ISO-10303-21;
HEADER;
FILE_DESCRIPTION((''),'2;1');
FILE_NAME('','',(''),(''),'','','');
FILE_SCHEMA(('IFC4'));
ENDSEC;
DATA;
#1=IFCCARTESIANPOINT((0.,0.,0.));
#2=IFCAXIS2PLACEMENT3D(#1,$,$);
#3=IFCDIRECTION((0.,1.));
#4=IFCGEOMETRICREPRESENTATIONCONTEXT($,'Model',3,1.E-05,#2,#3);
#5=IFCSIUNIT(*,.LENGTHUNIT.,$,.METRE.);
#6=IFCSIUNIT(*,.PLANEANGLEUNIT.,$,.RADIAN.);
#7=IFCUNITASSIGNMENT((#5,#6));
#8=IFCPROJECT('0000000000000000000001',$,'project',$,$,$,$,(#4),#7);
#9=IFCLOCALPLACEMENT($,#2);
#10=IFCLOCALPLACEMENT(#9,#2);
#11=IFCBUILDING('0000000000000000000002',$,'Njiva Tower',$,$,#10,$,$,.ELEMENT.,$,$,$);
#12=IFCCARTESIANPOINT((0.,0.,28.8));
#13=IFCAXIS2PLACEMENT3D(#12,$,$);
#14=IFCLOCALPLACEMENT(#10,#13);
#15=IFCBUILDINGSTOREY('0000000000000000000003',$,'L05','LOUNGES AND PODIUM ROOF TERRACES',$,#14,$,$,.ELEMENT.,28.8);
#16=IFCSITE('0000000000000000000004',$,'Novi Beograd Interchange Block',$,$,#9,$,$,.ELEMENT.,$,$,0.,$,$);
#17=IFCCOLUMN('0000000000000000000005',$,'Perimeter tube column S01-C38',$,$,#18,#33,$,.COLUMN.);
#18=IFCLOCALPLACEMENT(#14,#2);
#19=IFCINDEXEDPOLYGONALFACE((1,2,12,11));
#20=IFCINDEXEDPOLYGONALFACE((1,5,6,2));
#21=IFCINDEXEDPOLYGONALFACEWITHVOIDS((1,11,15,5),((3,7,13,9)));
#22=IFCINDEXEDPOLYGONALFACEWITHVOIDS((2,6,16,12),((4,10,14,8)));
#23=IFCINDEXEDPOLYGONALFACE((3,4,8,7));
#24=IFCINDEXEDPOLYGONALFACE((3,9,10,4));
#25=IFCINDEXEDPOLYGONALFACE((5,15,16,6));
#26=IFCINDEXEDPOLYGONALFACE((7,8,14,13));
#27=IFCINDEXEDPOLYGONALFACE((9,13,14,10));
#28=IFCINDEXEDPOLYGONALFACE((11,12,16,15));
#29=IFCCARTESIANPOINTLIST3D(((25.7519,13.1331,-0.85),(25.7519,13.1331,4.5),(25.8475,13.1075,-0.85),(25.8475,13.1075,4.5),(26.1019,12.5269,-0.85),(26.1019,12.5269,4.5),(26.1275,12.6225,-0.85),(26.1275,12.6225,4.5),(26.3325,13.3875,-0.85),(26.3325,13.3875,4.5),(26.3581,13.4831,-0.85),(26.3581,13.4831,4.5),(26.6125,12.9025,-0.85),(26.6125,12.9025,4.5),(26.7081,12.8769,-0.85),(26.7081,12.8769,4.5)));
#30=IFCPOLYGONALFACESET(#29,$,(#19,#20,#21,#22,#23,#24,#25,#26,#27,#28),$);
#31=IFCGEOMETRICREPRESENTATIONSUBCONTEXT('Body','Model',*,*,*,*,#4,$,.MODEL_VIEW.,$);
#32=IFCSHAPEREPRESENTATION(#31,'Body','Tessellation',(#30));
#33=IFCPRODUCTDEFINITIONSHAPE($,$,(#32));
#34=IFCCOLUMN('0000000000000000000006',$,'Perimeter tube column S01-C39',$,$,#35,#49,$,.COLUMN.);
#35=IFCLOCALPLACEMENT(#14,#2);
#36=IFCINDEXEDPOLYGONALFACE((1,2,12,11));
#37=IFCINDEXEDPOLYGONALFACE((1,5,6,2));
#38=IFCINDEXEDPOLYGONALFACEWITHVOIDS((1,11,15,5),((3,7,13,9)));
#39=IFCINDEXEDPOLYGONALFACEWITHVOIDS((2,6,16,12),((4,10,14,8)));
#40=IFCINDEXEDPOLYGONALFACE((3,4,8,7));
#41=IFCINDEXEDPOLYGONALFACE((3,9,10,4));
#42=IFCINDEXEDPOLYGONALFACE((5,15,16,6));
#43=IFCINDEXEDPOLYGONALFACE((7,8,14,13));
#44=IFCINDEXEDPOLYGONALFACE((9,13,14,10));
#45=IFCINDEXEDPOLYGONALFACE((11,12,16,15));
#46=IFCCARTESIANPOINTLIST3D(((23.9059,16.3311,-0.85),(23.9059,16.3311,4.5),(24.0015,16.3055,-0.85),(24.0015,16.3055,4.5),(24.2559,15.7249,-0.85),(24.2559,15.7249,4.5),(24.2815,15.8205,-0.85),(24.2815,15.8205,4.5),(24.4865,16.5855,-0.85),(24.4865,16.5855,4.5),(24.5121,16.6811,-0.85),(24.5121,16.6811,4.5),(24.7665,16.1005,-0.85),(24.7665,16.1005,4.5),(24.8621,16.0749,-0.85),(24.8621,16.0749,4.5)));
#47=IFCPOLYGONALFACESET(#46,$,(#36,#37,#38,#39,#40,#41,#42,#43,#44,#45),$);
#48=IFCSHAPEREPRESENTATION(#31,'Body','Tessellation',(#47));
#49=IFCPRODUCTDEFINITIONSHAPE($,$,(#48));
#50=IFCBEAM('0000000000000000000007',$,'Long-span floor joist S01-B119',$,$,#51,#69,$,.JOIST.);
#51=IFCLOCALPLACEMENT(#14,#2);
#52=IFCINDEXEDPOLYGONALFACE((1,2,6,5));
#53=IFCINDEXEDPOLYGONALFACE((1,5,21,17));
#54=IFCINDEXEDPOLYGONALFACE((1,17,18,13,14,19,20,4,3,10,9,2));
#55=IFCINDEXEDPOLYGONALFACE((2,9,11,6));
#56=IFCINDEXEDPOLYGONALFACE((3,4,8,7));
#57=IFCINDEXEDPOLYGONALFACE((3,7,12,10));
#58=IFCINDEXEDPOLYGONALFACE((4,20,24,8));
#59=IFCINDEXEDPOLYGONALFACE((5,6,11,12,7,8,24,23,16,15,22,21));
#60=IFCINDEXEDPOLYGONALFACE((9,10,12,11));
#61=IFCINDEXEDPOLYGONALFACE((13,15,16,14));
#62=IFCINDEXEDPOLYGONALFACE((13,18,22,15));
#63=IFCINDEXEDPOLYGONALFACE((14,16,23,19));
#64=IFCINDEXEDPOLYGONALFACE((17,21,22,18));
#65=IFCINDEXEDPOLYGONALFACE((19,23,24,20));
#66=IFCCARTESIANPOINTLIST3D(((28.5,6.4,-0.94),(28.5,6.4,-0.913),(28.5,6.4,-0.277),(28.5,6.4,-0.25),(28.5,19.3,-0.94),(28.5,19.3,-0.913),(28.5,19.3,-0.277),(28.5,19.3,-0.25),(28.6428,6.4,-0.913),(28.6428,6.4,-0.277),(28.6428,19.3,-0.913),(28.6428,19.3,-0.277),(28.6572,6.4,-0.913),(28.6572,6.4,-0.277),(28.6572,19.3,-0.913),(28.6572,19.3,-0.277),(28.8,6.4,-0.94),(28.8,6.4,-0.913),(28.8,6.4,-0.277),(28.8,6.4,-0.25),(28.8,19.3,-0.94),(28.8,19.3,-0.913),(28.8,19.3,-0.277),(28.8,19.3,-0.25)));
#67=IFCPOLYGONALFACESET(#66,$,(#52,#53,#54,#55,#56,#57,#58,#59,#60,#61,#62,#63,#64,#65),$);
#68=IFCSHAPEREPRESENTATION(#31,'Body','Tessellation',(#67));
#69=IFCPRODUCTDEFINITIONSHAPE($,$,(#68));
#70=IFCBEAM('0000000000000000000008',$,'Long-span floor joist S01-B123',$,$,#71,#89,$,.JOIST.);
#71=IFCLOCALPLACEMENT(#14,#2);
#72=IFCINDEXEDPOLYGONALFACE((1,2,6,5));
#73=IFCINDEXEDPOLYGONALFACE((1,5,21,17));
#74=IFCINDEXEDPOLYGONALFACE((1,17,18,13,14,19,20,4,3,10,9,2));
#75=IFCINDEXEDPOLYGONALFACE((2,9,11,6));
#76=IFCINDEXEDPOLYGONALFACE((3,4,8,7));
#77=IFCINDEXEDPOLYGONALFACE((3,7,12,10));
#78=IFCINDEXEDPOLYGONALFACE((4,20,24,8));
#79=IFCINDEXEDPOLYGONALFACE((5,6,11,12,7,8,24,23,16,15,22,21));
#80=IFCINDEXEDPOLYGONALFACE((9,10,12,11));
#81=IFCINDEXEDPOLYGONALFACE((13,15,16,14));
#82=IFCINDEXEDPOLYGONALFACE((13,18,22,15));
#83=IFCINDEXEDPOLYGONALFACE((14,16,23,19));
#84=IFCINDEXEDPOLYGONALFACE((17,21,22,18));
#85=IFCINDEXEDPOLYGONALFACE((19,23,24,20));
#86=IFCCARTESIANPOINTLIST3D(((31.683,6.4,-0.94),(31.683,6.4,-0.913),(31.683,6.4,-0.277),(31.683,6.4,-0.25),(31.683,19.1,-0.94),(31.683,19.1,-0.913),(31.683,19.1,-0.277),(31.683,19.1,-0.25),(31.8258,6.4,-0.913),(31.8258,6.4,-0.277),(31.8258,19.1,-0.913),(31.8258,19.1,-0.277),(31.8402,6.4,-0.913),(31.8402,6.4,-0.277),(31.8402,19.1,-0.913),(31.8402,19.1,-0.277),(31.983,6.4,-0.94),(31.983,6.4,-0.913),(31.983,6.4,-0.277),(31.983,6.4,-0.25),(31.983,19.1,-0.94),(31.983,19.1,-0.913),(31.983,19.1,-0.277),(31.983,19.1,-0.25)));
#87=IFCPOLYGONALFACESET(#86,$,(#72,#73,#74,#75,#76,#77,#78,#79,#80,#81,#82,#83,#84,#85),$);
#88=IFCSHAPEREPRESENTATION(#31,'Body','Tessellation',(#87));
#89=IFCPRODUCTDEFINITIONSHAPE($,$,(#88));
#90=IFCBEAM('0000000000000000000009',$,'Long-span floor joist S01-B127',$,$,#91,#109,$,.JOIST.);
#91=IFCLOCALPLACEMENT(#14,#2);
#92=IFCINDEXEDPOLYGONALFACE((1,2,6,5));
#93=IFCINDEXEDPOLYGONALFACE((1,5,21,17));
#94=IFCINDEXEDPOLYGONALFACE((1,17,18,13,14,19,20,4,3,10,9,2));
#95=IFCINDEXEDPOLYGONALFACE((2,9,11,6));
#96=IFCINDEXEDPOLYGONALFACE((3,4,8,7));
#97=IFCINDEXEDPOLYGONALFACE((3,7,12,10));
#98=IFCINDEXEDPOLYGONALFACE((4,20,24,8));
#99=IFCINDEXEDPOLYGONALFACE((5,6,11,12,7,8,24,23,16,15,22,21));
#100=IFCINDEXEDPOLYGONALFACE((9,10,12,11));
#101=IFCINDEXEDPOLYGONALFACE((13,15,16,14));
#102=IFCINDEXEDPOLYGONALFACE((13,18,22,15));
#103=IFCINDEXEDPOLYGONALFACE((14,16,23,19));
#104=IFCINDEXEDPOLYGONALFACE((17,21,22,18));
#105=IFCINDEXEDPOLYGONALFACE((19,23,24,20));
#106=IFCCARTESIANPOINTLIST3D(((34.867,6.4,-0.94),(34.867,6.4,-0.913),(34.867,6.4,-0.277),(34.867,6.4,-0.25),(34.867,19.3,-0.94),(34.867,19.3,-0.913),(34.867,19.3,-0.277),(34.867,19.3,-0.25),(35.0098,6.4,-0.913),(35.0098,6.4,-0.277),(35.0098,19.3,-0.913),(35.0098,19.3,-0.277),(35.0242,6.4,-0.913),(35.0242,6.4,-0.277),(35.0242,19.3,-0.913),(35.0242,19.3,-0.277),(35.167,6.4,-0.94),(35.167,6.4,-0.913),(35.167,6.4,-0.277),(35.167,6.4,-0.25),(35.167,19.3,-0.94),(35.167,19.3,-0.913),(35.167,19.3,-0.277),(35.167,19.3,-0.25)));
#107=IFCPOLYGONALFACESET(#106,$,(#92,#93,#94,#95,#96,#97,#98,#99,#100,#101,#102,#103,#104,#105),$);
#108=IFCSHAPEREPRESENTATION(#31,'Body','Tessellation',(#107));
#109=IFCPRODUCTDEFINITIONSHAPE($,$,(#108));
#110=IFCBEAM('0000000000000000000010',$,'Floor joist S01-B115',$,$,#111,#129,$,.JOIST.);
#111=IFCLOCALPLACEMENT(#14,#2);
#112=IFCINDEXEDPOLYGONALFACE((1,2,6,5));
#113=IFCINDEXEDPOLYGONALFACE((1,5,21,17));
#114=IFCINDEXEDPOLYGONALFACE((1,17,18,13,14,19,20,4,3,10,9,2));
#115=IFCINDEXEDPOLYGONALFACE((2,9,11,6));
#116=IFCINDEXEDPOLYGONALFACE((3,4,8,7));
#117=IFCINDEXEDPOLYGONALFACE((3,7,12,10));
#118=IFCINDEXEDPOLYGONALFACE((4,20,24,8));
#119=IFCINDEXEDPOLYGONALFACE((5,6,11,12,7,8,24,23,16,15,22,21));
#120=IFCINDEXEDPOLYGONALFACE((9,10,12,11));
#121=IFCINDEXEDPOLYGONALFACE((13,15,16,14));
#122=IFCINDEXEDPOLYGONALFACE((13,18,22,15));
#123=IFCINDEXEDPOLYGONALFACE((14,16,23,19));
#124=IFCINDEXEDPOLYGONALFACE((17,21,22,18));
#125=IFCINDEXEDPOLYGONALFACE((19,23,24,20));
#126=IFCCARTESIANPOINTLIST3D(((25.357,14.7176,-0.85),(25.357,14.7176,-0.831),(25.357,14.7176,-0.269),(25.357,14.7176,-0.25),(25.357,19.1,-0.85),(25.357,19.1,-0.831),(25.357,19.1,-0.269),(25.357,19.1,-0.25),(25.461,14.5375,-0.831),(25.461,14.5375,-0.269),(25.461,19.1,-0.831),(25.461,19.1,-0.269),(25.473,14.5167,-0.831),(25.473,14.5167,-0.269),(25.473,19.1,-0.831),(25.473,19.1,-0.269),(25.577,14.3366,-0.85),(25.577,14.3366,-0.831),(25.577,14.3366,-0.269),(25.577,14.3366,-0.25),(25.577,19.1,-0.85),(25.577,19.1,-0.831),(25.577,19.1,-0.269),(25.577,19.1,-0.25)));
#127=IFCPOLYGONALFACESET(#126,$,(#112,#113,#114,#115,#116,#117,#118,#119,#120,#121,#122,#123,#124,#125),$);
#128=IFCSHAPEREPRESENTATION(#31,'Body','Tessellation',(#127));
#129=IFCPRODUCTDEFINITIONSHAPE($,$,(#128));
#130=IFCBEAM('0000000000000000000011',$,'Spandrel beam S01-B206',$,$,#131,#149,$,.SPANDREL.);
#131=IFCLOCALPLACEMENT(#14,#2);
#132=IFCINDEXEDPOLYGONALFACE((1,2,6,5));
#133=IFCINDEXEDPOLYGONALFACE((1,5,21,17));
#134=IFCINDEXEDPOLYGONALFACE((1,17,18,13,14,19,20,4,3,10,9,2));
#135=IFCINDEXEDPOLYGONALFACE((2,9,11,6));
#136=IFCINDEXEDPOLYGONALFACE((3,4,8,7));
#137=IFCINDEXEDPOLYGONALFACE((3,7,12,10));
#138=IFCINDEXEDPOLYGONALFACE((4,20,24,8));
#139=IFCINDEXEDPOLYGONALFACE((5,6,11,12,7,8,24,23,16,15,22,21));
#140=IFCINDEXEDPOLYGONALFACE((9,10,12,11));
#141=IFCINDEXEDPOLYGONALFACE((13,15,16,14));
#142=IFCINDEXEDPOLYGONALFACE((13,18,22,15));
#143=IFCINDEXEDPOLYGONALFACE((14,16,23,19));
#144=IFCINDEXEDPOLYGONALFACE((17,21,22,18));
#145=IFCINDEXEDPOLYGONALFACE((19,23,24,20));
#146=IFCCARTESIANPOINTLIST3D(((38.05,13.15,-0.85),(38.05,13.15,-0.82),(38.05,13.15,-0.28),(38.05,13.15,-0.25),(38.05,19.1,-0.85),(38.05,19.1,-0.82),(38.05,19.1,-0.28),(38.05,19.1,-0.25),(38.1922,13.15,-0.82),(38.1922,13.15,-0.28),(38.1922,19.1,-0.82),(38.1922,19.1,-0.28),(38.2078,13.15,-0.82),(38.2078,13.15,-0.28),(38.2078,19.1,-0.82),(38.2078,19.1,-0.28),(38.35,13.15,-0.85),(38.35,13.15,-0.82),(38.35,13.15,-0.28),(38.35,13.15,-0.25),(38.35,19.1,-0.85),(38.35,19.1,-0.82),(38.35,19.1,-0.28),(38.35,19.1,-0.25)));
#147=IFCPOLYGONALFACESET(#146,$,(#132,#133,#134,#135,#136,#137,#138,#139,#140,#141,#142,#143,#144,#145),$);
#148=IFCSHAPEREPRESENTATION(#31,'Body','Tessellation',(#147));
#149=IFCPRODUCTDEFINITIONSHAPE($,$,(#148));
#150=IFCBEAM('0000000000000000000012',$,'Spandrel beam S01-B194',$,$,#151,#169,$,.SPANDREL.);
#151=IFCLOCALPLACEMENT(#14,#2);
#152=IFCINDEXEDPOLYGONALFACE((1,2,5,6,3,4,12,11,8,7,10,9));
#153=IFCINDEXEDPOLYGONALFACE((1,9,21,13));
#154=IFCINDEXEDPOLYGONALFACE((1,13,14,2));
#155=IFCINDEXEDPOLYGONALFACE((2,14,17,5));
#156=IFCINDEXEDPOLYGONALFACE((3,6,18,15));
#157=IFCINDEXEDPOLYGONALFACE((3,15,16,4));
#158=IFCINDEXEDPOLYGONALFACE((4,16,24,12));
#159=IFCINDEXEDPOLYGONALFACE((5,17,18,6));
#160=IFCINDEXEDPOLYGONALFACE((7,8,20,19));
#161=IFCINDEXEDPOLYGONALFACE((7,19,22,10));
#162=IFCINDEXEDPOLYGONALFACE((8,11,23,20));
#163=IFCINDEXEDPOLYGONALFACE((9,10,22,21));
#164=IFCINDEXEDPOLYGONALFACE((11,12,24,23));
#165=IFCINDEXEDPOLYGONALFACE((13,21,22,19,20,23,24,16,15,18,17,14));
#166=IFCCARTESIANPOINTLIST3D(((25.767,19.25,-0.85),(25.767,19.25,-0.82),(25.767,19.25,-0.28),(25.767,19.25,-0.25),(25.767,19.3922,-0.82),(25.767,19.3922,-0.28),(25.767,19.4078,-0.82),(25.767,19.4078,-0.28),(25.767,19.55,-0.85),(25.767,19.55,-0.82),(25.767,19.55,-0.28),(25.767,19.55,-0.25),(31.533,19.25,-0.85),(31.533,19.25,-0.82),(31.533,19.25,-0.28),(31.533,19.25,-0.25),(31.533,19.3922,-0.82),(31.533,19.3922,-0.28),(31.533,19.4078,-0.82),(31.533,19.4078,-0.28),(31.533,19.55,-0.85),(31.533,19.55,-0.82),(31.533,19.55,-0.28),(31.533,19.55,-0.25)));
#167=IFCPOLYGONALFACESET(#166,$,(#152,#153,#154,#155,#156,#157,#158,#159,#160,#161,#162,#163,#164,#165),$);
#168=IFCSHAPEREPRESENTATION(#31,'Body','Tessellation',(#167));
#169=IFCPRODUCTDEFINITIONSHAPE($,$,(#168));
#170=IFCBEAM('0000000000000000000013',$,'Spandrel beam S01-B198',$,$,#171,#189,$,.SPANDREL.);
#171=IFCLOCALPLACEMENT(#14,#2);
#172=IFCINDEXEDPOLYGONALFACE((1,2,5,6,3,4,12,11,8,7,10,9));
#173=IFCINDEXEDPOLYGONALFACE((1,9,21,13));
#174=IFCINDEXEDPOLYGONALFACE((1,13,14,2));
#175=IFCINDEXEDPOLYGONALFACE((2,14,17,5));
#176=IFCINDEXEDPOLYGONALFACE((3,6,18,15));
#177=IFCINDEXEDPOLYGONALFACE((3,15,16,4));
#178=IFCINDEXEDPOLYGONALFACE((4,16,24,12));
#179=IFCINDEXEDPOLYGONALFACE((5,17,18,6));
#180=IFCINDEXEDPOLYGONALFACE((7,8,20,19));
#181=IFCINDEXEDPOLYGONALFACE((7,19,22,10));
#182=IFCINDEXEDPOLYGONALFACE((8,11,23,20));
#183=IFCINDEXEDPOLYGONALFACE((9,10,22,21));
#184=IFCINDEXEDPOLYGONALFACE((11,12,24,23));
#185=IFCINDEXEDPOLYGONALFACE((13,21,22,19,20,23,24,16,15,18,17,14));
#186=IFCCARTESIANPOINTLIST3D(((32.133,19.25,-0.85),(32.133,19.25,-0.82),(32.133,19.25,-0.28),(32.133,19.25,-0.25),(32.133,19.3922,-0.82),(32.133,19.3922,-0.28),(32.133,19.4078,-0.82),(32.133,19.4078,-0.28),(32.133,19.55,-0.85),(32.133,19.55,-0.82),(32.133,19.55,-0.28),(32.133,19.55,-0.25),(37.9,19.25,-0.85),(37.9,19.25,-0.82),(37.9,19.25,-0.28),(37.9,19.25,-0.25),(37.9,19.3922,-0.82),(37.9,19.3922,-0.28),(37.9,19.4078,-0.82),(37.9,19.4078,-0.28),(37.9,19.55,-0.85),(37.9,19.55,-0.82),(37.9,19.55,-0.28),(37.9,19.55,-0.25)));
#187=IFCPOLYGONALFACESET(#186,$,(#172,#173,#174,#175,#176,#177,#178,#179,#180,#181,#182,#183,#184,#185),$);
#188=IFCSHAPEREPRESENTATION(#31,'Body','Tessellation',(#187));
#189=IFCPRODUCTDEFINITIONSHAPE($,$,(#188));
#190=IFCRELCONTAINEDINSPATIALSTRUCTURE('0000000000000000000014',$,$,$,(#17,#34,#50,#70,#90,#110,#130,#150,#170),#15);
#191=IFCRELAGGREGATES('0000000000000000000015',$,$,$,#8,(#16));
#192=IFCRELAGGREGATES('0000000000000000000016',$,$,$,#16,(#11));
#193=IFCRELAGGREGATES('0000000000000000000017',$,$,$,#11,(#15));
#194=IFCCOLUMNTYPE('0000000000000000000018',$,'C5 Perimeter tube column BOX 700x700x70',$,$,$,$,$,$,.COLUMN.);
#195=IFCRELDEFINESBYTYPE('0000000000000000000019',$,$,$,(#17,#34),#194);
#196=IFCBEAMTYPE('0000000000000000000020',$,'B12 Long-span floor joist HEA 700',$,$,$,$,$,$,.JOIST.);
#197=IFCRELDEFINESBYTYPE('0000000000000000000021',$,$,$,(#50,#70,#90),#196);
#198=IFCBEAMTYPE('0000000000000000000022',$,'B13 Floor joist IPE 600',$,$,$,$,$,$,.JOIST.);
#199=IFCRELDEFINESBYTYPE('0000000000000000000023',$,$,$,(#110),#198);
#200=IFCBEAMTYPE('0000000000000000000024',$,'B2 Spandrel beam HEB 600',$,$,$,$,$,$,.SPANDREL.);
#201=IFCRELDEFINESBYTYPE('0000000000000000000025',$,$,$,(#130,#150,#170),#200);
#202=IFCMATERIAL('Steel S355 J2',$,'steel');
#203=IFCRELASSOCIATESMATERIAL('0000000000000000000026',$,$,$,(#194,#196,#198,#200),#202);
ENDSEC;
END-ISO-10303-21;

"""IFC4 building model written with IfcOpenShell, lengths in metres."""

from ifc_helpers import new_model, si_unit, direction, frame, origin, origin_2d, place, context, subcontext, project, spatial, hollow_rectangle, i_section, extrude, clip, halfspace, material, material_profile, profile_set, type_object, element, save


model = new_model("IFC4")

# Units and contexts
model_context = context("Model", 3, precision=1e-05, world=origin(), true_north=direction((0.0, 1.0)))
body_context = subcontext(model_context, "Body", "Model", "MODEL_VIEW")
ifc_project = project(units=[si_unit("LENGTHUNIT", "METRE"), si_unit("PLANEANGLEUNIT", "RADIAN")], contexts=[model_context])

# Site, building, storey
site_placement = place(None, origin())
site = spatial("IfcSite", under=ifc_project, at=site_placement, Name="Novi Beograd Interchange Block", CompositionType="ELEMENT", RefElevation=0.0)
building_placement = place(site_placement, origin())
building = spatial("IfcBuilding", under=site, at=building_placement, Name="Njiva Tower", CompositionType="ELEMENT")
storey_placement = place(building_placement, frame((0.0, 0.0, 28.8)))
storey = spatial("IfcBuildingStorey", under=building, at=storey_placement, Name="L05", Description="LOUNGES AND PODIUM ROOF TERRACES", CompositionType="ELEMENT", Elevation=28.8)

# Columns
ifc_material_1 = material(Name="Steel S355 J2", Category="steel")
ifc_material_profile_1 = material_profile(ifc_material_1, hollow_rectangle(XDim=0.7, YDim=0.7, WallThickness=0.07, at=origin_2d()), Name="BOX 700x700x70")
ifc_profile_set_1 = profile_set([ifc_material_profile_1], Name="Steel S355 J2")
column_type = type_object("IfcColumnType", Name="C5 Perimeter tube column BOX 700x700x70", PredefinedType="COLUMN", material=ifc_profile_set_1)
for number, where, z_axis, x_axis, name in (
    (1, (26.23, 13.005, -0.85), (0.0, 0.0, 1.0), (-0.5, 0.866025, 0.0), "Perimeter tube column S01-C38"),
    (2, (24.384, 16.203, -0.85), (0.0, 0.0, 1.0), (-0.5, 0.866025, 0.0), "Perimeter tube column S01-C39"),
):
    element("IfcColumn", number, at=place(storey_placement, frame(where, z_axis=z_axis, x_axis=x_axis)), inside=storey, type_object=column_type, Name=name, PredefinedType="COLUMN", context=body_context, shape_type="SweptSolid", body=[
        extrude(hollow_rectangle(XDim=0.7, YDim=0.7, WallThickness=0.07, at=origin_2d()), origin(), (0.0, 0.0, 1.0), 5.35),
    ])

# Beams
ifc_material_profile_2 = material_profile(ifc_material_1, i_section(OverallWidth=0.3, OverallDepth=0.69, WebThickness=0.0145, FlangeThickness=0.027, at=origin_2d()), Name="HEA 700")
ifc_profile_set_2 = profile_set([ifc_material_profile_2], Name="Steel S355 J2")
beam_type_1 = type_object("IfcBeamType", Name="B12 Long-span floor joist HEA 700", PredefinedType="JOIST", material=ifc_profile_set_2)
beam_1_placement = place(storey_placement, frame((28.65, 19.3, -0.595), z_axis=(0.0, -1.0, 0.0), x_axis=(1.0, 0.0, 0.0)))
element("IfcBeam", 3, at=beam_1_placement, inside=storey, type_object=beam_type_1, Name="Long-span floor joist S01-B119", PredefinedType="JOIST", context=body_context, shape_type="SweptSolid", body=[
    extrude(i_section(OverallWidth=0.3, OverallDepth=0.69, WebThickness=0.0145, FlangeThickness=0.027, at=origin_2d()), origin(), (0.0, 0.0, 1.0), 12.9),
])
beam_2_placement = place(storey_placement, frame((31.833, 19.1, -0.595), z_axis=(0.0, -1.0, 0.0), x_axis=(1.0, 0.0, 0.0)))
element("IfcBeam", 4, at=beam_2_placement, inside=storey, type_object=beam_type_1, Name="Long-span floor joist S01-B123", PredefinedType="JOIST", context=body_context, shape_type="SweptSolid", body=[
    extrude(i_section(OverallWidth=0.3, OverallDepth=0.69, WebThickness=0.0145, FlangeThickness=0.027, at=origin_2d()), origin(), (0.0, 0.0, 1.0), 12.7),
])
beam_3_placement = place(storey_placement, frame((35.017, 19.3, -0.595), z_axis=(0.0, -1.0, 0.0), x_axis=(1.0, 0.0, 0.0)))
element("IfcBeam", 5, at=beam_3_placement, inside=storey, type_object=beam_type_1, Name="Long-span floor joist S01-B127", PredefinedType="JOIST", context=body_context, shape_type="SweptSolid", body=[
    extrude(i_section(OverallWidth=0.3, OverallDepth=0.69, WebThickness=0.0145, FlangeThickness=0.027, at=origin_2d()), origin(), (0.0, 0.0, 1.0), 12.9),
])
ifc_material_profile_3 = material_profile(ifc_material_1, i_section(OverallWidth=0.22, OverallDepth=0.6, WebThickness=0.012, FlangeThickness=0.019, at=origin_2d()), Name="IPE 600")
ifc_profile_set_3 = profile_set([ifc_material_profile_3], Name="Steel S355 J2")
beam_type_2 = type_object("IfcBeamType", Name="B13 Floor joist IPE 600", PredefinedType="JOIST", material=ifc_profile_set_3)
beam_4_placement = place(storey_placement, frame((25.467, 19.1, -0.55), z_axis=(0.0, -1.0, 0.0), x_axis=(1.0, 0.0, 0.0)))
element("IfcBeam", 6, at=beam_4_placement, inside=storey, type_object=beam_type_2, Name="Floor joist S01-B115", PredefinedType="JOIST", context=body_context, shape_type="Clipping", body=[
    clip(extrude(i_section(OverallWidth=0.22, OverallDepth=0.6, WebThickness=0.012, FlangeThickness=0.019, at=origin_2d()), origin(), (0.0, 0.0, 1.0), 4.783), halfspace(frame((-0.0436, 0.0, 4.4974), z_axis=(-0.866027, 0.0, 0.499998), x_axis=(0.0, 1.0, 0.0)), False)),
])
ifc_material_profile_4 = material_profile(ifc_material_1, i_section(OverallWidth=0.3, OverallDepth=0.6, WebThickness=0.0155, FlangeThickness=0.03, at=origin_2d()), Name="HEB 600")
ifc_profile_set_4 = profile_set([ifc_material_profile_4], Name="Steel S355 J2")
beam_type_3 = type_object("IfcBeamType", Name="B2 Spandrel beam HEB 600", PredefinedType="SPANDREL", material=ifc_profile_set_4)
beam_5_placement = place(storey_placement, frame((38.2, 13.15, -0.55), z_axis=(0.0, 1.0, 0.0), x_axis=(-1.0, 0.0, 0.0)))
element("IfcBeam", 7, at=beam_5_placement, inside=storey, type_object=beam_type_3, Name="Spandrel beam S01-B206", PredefinedType="SPANDREL", context=body_context, shape_type="SweptSolid", body=[
    extrude(i_section(OverallWidth=0.3, OverallDepth=0.6, WebThickness=0.0155, FlangeThickness=0.03, at=origin_2d()), origin(), (0.0, 0.0, 1.0), 5.95),
])
beam_6_placement = place(storey_placement, frame((25.767, 19.4, -0.55), z_axis=(1.0, 0.0, 0.0), x_axis=(0.0, 1.0, 0.0)))
element("IfcBeam", 8, at=beam_6_placement, inside=storey, type_object=beam_type_3, Name="Spandrel beam S01-B194", PredefinedType="SPANDREL", context=body_context, shape_type="SweptSolid", body=[
    extrude(i_section(OverallWidth=0.3, OverallDepth=0.6, WebThickness=0.0155, FlangeThickness=0.03, at=origin_2d()), origin(), (0.0, 0.0, 1.0), 5.766),
])
beam_7_placement = place(storey_placement, frame((32.133, 19.4, -0.55), z_axis=(1.0, 0.0, 0.0), x_axis=(0.0, 1.0, 0.0)))
element("IfcBeam", 9, at=beam_7_placement, inside=storey, type_object=beam_type_3, Name="Spandrel beam S01-B198", PredefinedType="SPANDREL", context=body_context, shape_type="SweptSolid", body=[
    extrude(i_section(OverallWidth=0.3, OverallDepth=0.6, WebThickness=0.0155, FlangeThickness=0.03, at=origin_2d()), origin(), (0.0, 0.0, 1.0), 5.767),
])

save(model, "model.ifc")
